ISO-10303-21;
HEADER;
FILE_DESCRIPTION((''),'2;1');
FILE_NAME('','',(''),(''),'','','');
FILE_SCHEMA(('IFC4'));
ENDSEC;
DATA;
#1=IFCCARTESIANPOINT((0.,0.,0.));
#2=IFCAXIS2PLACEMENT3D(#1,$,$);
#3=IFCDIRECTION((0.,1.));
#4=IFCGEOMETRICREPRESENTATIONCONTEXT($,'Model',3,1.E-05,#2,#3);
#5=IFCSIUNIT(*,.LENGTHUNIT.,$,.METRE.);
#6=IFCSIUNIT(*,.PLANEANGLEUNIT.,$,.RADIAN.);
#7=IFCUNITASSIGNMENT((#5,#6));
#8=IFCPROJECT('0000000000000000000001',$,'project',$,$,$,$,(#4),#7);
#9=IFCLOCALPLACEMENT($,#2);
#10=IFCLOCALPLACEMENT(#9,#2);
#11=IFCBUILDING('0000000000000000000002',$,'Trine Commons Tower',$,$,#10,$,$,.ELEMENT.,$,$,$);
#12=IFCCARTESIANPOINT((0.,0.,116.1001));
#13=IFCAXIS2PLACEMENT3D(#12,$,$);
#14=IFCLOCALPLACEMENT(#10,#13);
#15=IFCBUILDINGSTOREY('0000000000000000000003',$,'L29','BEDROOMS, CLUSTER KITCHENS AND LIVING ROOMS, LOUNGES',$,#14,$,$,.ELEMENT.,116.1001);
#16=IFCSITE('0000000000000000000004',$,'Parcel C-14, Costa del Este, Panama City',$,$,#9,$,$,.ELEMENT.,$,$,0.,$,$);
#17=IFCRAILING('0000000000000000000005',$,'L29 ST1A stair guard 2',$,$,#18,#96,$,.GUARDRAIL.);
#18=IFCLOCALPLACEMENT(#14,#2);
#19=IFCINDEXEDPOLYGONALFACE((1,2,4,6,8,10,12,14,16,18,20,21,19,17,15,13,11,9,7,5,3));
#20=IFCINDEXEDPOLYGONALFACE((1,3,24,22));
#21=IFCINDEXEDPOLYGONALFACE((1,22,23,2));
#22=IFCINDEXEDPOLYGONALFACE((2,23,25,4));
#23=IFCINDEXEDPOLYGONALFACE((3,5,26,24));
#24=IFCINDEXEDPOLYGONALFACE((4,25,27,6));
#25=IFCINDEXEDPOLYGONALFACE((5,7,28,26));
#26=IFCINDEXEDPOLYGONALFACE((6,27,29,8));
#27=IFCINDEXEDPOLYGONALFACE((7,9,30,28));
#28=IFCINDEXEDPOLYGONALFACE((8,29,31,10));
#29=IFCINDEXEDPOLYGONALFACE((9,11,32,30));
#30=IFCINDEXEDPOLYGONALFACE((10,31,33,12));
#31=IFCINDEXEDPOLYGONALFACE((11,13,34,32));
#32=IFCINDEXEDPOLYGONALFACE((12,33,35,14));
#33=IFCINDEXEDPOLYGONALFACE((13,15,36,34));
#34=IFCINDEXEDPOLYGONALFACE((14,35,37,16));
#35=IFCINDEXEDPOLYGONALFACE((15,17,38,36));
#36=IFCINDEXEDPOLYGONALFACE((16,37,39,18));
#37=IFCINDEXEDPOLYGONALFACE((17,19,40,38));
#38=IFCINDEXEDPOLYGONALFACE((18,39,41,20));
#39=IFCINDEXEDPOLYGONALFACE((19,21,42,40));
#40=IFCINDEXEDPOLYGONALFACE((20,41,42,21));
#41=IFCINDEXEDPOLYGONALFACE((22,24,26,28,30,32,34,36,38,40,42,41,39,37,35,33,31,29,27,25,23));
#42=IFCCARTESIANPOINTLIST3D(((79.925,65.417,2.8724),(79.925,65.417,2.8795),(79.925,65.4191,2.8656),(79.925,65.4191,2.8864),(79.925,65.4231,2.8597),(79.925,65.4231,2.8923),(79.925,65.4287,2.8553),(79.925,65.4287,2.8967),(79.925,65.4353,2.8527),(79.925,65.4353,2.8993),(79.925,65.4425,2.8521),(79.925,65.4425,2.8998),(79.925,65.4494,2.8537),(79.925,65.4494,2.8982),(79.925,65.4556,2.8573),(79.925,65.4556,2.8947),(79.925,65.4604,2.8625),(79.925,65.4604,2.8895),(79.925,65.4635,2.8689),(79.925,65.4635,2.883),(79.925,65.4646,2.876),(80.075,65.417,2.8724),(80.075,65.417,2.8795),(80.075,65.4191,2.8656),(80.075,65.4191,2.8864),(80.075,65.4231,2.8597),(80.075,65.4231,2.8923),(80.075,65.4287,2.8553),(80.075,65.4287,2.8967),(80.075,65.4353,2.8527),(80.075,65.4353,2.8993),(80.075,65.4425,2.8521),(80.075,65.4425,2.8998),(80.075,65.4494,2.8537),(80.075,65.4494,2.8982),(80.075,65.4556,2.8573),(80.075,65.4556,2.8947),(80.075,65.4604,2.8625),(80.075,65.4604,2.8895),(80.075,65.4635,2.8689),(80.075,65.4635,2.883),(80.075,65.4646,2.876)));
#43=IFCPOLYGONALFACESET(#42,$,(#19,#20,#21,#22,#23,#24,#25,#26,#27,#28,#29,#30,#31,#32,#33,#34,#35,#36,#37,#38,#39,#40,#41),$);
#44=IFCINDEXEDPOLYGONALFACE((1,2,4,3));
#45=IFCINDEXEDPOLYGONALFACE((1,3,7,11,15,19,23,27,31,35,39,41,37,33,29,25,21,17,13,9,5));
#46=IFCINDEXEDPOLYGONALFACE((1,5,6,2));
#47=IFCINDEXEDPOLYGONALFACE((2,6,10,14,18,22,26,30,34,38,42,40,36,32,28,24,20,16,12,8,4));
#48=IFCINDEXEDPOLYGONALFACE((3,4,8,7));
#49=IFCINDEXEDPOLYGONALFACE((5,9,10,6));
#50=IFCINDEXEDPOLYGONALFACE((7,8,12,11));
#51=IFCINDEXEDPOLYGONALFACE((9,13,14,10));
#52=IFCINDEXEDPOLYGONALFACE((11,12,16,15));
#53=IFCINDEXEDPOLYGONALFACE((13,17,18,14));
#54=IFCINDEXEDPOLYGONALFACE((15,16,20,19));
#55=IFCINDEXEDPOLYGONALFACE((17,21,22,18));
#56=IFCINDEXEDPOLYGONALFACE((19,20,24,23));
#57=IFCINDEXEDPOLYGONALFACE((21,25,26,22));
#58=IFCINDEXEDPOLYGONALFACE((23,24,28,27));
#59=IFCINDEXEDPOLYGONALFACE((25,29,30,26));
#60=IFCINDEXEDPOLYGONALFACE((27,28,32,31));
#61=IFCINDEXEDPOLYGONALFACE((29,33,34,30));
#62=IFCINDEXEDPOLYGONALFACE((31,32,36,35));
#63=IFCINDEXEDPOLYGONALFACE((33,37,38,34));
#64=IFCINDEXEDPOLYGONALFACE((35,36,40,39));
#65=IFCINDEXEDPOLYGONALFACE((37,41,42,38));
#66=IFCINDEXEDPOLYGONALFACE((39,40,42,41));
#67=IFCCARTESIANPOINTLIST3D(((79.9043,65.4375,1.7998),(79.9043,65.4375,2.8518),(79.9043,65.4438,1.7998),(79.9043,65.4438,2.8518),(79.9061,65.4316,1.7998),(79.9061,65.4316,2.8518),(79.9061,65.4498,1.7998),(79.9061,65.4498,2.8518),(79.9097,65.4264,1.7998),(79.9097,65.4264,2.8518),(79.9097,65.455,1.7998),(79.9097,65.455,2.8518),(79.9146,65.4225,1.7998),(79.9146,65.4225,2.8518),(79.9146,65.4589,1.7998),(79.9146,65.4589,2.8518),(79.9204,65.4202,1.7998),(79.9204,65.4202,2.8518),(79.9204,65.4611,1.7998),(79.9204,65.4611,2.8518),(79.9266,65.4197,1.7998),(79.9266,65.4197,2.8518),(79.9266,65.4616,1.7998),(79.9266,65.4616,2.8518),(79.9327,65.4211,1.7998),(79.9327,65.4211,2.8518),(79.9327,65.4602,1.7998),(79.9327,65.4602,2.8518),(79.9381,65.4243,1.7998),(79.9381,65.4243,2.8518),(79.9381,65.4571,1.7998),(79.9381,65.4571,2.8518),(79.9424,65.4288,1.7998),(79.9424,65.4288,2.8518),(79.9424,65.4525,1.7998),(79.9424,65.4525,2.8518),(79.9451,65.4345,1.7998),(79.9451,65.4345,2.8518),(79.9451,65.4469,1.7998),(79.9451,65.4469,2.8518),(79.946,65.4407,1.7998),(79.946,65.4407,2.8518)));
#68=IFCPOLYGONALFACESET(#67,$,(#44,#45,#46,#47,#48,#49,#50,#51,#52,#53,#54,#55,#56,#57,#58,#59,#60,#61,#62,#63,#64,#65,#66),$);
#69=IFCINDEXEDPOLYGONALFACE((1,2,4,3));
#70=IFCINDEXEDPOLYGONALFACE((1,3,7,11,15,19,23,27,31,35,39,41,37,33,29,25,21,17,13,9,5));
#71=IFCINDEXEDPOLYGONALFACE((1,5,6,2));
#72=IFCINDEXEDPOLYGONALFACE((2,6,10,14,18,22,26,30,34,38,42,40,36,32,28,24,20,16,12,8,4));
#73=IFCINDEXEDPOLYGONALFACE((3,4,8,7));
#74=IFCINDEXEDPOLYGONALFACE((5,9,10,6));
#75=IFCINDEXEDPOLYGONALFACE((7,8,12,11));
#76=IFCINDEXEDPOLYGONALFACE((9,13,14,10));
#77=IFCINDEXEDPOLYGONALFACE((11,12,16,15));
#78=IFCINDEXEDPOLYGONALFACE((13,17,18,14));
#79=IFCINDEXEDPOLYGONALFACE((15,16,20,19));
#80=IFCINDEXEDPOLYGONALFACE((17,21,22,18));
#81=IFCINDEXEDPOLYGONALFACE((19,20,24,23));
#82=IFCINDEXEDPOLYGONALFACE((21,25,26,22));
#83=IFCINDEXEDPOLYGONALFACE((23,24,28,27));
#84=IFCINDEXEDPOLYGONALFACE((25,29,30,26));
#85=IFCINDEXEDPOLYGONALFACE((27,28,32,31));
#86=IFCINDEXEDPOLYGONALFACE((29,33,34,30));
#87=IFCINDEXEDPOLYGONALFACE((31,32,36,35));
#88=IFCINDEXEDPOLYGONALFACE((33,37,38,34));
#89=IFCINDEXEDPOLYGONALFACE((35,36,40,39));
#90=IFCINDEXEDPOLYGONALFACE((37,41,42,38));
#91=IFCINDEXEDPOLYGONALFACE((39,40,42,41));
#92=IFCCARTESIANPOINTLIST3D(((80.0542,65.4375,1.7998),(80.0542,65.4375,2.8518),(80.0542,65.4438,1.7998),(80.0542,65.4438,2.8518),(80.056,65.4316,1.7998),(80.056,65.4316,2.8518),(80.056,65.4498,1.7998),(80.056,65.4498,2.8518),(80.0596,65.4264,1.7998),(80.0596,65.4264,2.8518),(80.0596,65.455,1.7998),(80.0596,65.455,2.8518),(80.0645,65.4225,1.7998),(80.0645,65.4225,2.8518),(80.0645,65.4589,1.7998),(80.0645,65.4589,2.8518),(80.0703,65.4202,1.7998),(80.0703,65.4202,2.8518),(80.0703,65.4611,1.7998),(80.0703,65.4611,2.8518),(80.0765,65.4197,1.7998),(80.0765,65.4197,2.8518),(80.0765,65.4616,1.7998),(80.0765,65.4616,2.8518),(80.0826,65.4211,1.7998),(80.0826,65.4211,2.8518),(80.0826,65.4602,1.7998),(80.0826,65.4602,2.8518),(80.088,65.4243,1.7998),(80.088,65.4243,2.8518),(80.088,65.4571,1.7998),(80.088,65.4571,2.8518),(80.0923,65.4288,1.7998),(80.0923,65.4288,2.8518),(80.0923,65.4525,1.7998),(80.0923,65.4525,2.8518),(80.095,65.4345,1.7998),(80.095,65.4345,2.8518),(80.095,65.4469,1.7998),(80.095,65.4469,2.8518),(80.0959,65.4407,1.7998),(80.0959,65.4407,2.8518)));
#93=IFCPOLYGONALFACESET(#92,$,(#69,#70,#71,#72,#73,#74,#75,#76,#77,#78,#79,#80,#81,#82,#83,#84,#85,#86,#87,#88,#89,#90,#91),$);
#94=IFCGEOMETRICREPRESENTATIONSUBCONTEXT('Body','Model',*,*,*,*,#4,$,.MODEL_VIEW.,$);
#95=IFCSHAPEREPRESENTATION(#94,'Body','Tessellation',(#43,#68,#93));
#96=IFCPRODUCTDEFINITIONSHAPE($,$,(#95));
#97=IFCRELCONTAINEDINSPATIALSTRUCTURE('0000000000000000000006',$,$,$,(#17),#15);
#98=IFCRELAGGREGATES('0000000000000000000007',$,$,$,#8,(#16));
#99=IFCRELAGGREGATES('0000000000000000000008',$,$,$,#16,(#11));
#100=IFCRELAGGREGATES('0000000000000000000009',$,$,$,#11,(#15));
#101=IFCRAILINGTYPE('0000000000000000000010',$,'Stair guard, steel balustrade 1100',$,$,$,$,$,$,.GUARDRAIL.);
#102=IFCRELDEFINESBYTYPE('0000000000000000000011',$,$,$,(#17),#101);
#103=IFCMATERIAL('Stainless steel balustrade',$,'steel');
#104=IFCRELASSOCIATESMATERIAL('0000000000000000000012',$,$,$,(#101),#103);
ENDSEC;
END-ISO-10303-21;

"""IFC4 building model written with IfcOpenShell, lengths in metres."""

from ifc_helpers import new_model, si_unit, direction, frame, origin, origin_2d, place, context, subcontext, project, spatial, circle, extrude, material, type_object, element, save


model = new_model("IFC4")

# Units and contexts
model_context = context("Model", 3, precision=1e-05, world=origin(), true_north=direction((0.0, 1.0)))
body_context = subcontext(model_context, "Body", "Model", "MODEL_VIEW")
ifc_project = project(units=[si_unit("LENGTHUNIT", "METRE"), si_unit("PLANEANGLEUNIT", "RADIAN")], contexts=[model_context])

# Site, building, storey
site_placement = place(None, origin())
site = spatial("IfcSite", under=ifc_project, at=site_placement, Name="Parcel C-14, Costa del Este, Panama City", CompositionType="ELEMENT", RefElevation=0.0)
building_placement = place(site_placement, origin())
building = spatial("IfcBuilding", under=site, at=building_placement, Name="Trine Commons Tower", CompositionType="ELEMENT")
storey_placement = place(building_placement, frame((0.0, 0.0, 116.1001)))
storey = spatial("IfcBuildingStorey", under=building, at=storey_placement, Name="L29", Description="BEDROOMS, CLUSTER KITCHENS AND LIVING ROOMS, LOUNGES", CompositionType="ELEMENT", Elevation=116.1001)

# Railing
ifc_material_1 = material(Name="Stainless steel balustrade", Category="steel")
railing_type_1 = type_object("IfcRailingType", Name="Stair guard, steel balustrade 1100", PredefinedType="GUARDRAIL", material=ifc_material_1)
railing_1_placement = place(storey_placement, frame((79.925, 65.4407, 1.7998)))
element("IfcRailing", 1, at=railing_1_placement, inside=storey, type_object=railing_type_1, Name="L29 ST1A stair guard 2", PredefinedType="GUARDRAIL", context=body_context, shape_type="SweptSolid", body=[
    extrude(circle(Radius=0.0239, at=origin_2d()), frame((0.0, 0.0, 1.0762), z_axis=(1.0, 0.0, 0.0), x_axis=(0.0, 1.0, 0.0)), (0.0, 0.0, 1.0), 0.1499),
    extrude(circle(Radius=0.021, at=origin_2d()), origin(), (0.0, 0.0, 1.0), 1.052),
    extrude(circle(Radius=0.021, at=origin_2d()), frame((0.1499, 0.0, 0.0)), (0.0, 0.0, 1.0), 1.052),
])

save(model, "model.ifc")
